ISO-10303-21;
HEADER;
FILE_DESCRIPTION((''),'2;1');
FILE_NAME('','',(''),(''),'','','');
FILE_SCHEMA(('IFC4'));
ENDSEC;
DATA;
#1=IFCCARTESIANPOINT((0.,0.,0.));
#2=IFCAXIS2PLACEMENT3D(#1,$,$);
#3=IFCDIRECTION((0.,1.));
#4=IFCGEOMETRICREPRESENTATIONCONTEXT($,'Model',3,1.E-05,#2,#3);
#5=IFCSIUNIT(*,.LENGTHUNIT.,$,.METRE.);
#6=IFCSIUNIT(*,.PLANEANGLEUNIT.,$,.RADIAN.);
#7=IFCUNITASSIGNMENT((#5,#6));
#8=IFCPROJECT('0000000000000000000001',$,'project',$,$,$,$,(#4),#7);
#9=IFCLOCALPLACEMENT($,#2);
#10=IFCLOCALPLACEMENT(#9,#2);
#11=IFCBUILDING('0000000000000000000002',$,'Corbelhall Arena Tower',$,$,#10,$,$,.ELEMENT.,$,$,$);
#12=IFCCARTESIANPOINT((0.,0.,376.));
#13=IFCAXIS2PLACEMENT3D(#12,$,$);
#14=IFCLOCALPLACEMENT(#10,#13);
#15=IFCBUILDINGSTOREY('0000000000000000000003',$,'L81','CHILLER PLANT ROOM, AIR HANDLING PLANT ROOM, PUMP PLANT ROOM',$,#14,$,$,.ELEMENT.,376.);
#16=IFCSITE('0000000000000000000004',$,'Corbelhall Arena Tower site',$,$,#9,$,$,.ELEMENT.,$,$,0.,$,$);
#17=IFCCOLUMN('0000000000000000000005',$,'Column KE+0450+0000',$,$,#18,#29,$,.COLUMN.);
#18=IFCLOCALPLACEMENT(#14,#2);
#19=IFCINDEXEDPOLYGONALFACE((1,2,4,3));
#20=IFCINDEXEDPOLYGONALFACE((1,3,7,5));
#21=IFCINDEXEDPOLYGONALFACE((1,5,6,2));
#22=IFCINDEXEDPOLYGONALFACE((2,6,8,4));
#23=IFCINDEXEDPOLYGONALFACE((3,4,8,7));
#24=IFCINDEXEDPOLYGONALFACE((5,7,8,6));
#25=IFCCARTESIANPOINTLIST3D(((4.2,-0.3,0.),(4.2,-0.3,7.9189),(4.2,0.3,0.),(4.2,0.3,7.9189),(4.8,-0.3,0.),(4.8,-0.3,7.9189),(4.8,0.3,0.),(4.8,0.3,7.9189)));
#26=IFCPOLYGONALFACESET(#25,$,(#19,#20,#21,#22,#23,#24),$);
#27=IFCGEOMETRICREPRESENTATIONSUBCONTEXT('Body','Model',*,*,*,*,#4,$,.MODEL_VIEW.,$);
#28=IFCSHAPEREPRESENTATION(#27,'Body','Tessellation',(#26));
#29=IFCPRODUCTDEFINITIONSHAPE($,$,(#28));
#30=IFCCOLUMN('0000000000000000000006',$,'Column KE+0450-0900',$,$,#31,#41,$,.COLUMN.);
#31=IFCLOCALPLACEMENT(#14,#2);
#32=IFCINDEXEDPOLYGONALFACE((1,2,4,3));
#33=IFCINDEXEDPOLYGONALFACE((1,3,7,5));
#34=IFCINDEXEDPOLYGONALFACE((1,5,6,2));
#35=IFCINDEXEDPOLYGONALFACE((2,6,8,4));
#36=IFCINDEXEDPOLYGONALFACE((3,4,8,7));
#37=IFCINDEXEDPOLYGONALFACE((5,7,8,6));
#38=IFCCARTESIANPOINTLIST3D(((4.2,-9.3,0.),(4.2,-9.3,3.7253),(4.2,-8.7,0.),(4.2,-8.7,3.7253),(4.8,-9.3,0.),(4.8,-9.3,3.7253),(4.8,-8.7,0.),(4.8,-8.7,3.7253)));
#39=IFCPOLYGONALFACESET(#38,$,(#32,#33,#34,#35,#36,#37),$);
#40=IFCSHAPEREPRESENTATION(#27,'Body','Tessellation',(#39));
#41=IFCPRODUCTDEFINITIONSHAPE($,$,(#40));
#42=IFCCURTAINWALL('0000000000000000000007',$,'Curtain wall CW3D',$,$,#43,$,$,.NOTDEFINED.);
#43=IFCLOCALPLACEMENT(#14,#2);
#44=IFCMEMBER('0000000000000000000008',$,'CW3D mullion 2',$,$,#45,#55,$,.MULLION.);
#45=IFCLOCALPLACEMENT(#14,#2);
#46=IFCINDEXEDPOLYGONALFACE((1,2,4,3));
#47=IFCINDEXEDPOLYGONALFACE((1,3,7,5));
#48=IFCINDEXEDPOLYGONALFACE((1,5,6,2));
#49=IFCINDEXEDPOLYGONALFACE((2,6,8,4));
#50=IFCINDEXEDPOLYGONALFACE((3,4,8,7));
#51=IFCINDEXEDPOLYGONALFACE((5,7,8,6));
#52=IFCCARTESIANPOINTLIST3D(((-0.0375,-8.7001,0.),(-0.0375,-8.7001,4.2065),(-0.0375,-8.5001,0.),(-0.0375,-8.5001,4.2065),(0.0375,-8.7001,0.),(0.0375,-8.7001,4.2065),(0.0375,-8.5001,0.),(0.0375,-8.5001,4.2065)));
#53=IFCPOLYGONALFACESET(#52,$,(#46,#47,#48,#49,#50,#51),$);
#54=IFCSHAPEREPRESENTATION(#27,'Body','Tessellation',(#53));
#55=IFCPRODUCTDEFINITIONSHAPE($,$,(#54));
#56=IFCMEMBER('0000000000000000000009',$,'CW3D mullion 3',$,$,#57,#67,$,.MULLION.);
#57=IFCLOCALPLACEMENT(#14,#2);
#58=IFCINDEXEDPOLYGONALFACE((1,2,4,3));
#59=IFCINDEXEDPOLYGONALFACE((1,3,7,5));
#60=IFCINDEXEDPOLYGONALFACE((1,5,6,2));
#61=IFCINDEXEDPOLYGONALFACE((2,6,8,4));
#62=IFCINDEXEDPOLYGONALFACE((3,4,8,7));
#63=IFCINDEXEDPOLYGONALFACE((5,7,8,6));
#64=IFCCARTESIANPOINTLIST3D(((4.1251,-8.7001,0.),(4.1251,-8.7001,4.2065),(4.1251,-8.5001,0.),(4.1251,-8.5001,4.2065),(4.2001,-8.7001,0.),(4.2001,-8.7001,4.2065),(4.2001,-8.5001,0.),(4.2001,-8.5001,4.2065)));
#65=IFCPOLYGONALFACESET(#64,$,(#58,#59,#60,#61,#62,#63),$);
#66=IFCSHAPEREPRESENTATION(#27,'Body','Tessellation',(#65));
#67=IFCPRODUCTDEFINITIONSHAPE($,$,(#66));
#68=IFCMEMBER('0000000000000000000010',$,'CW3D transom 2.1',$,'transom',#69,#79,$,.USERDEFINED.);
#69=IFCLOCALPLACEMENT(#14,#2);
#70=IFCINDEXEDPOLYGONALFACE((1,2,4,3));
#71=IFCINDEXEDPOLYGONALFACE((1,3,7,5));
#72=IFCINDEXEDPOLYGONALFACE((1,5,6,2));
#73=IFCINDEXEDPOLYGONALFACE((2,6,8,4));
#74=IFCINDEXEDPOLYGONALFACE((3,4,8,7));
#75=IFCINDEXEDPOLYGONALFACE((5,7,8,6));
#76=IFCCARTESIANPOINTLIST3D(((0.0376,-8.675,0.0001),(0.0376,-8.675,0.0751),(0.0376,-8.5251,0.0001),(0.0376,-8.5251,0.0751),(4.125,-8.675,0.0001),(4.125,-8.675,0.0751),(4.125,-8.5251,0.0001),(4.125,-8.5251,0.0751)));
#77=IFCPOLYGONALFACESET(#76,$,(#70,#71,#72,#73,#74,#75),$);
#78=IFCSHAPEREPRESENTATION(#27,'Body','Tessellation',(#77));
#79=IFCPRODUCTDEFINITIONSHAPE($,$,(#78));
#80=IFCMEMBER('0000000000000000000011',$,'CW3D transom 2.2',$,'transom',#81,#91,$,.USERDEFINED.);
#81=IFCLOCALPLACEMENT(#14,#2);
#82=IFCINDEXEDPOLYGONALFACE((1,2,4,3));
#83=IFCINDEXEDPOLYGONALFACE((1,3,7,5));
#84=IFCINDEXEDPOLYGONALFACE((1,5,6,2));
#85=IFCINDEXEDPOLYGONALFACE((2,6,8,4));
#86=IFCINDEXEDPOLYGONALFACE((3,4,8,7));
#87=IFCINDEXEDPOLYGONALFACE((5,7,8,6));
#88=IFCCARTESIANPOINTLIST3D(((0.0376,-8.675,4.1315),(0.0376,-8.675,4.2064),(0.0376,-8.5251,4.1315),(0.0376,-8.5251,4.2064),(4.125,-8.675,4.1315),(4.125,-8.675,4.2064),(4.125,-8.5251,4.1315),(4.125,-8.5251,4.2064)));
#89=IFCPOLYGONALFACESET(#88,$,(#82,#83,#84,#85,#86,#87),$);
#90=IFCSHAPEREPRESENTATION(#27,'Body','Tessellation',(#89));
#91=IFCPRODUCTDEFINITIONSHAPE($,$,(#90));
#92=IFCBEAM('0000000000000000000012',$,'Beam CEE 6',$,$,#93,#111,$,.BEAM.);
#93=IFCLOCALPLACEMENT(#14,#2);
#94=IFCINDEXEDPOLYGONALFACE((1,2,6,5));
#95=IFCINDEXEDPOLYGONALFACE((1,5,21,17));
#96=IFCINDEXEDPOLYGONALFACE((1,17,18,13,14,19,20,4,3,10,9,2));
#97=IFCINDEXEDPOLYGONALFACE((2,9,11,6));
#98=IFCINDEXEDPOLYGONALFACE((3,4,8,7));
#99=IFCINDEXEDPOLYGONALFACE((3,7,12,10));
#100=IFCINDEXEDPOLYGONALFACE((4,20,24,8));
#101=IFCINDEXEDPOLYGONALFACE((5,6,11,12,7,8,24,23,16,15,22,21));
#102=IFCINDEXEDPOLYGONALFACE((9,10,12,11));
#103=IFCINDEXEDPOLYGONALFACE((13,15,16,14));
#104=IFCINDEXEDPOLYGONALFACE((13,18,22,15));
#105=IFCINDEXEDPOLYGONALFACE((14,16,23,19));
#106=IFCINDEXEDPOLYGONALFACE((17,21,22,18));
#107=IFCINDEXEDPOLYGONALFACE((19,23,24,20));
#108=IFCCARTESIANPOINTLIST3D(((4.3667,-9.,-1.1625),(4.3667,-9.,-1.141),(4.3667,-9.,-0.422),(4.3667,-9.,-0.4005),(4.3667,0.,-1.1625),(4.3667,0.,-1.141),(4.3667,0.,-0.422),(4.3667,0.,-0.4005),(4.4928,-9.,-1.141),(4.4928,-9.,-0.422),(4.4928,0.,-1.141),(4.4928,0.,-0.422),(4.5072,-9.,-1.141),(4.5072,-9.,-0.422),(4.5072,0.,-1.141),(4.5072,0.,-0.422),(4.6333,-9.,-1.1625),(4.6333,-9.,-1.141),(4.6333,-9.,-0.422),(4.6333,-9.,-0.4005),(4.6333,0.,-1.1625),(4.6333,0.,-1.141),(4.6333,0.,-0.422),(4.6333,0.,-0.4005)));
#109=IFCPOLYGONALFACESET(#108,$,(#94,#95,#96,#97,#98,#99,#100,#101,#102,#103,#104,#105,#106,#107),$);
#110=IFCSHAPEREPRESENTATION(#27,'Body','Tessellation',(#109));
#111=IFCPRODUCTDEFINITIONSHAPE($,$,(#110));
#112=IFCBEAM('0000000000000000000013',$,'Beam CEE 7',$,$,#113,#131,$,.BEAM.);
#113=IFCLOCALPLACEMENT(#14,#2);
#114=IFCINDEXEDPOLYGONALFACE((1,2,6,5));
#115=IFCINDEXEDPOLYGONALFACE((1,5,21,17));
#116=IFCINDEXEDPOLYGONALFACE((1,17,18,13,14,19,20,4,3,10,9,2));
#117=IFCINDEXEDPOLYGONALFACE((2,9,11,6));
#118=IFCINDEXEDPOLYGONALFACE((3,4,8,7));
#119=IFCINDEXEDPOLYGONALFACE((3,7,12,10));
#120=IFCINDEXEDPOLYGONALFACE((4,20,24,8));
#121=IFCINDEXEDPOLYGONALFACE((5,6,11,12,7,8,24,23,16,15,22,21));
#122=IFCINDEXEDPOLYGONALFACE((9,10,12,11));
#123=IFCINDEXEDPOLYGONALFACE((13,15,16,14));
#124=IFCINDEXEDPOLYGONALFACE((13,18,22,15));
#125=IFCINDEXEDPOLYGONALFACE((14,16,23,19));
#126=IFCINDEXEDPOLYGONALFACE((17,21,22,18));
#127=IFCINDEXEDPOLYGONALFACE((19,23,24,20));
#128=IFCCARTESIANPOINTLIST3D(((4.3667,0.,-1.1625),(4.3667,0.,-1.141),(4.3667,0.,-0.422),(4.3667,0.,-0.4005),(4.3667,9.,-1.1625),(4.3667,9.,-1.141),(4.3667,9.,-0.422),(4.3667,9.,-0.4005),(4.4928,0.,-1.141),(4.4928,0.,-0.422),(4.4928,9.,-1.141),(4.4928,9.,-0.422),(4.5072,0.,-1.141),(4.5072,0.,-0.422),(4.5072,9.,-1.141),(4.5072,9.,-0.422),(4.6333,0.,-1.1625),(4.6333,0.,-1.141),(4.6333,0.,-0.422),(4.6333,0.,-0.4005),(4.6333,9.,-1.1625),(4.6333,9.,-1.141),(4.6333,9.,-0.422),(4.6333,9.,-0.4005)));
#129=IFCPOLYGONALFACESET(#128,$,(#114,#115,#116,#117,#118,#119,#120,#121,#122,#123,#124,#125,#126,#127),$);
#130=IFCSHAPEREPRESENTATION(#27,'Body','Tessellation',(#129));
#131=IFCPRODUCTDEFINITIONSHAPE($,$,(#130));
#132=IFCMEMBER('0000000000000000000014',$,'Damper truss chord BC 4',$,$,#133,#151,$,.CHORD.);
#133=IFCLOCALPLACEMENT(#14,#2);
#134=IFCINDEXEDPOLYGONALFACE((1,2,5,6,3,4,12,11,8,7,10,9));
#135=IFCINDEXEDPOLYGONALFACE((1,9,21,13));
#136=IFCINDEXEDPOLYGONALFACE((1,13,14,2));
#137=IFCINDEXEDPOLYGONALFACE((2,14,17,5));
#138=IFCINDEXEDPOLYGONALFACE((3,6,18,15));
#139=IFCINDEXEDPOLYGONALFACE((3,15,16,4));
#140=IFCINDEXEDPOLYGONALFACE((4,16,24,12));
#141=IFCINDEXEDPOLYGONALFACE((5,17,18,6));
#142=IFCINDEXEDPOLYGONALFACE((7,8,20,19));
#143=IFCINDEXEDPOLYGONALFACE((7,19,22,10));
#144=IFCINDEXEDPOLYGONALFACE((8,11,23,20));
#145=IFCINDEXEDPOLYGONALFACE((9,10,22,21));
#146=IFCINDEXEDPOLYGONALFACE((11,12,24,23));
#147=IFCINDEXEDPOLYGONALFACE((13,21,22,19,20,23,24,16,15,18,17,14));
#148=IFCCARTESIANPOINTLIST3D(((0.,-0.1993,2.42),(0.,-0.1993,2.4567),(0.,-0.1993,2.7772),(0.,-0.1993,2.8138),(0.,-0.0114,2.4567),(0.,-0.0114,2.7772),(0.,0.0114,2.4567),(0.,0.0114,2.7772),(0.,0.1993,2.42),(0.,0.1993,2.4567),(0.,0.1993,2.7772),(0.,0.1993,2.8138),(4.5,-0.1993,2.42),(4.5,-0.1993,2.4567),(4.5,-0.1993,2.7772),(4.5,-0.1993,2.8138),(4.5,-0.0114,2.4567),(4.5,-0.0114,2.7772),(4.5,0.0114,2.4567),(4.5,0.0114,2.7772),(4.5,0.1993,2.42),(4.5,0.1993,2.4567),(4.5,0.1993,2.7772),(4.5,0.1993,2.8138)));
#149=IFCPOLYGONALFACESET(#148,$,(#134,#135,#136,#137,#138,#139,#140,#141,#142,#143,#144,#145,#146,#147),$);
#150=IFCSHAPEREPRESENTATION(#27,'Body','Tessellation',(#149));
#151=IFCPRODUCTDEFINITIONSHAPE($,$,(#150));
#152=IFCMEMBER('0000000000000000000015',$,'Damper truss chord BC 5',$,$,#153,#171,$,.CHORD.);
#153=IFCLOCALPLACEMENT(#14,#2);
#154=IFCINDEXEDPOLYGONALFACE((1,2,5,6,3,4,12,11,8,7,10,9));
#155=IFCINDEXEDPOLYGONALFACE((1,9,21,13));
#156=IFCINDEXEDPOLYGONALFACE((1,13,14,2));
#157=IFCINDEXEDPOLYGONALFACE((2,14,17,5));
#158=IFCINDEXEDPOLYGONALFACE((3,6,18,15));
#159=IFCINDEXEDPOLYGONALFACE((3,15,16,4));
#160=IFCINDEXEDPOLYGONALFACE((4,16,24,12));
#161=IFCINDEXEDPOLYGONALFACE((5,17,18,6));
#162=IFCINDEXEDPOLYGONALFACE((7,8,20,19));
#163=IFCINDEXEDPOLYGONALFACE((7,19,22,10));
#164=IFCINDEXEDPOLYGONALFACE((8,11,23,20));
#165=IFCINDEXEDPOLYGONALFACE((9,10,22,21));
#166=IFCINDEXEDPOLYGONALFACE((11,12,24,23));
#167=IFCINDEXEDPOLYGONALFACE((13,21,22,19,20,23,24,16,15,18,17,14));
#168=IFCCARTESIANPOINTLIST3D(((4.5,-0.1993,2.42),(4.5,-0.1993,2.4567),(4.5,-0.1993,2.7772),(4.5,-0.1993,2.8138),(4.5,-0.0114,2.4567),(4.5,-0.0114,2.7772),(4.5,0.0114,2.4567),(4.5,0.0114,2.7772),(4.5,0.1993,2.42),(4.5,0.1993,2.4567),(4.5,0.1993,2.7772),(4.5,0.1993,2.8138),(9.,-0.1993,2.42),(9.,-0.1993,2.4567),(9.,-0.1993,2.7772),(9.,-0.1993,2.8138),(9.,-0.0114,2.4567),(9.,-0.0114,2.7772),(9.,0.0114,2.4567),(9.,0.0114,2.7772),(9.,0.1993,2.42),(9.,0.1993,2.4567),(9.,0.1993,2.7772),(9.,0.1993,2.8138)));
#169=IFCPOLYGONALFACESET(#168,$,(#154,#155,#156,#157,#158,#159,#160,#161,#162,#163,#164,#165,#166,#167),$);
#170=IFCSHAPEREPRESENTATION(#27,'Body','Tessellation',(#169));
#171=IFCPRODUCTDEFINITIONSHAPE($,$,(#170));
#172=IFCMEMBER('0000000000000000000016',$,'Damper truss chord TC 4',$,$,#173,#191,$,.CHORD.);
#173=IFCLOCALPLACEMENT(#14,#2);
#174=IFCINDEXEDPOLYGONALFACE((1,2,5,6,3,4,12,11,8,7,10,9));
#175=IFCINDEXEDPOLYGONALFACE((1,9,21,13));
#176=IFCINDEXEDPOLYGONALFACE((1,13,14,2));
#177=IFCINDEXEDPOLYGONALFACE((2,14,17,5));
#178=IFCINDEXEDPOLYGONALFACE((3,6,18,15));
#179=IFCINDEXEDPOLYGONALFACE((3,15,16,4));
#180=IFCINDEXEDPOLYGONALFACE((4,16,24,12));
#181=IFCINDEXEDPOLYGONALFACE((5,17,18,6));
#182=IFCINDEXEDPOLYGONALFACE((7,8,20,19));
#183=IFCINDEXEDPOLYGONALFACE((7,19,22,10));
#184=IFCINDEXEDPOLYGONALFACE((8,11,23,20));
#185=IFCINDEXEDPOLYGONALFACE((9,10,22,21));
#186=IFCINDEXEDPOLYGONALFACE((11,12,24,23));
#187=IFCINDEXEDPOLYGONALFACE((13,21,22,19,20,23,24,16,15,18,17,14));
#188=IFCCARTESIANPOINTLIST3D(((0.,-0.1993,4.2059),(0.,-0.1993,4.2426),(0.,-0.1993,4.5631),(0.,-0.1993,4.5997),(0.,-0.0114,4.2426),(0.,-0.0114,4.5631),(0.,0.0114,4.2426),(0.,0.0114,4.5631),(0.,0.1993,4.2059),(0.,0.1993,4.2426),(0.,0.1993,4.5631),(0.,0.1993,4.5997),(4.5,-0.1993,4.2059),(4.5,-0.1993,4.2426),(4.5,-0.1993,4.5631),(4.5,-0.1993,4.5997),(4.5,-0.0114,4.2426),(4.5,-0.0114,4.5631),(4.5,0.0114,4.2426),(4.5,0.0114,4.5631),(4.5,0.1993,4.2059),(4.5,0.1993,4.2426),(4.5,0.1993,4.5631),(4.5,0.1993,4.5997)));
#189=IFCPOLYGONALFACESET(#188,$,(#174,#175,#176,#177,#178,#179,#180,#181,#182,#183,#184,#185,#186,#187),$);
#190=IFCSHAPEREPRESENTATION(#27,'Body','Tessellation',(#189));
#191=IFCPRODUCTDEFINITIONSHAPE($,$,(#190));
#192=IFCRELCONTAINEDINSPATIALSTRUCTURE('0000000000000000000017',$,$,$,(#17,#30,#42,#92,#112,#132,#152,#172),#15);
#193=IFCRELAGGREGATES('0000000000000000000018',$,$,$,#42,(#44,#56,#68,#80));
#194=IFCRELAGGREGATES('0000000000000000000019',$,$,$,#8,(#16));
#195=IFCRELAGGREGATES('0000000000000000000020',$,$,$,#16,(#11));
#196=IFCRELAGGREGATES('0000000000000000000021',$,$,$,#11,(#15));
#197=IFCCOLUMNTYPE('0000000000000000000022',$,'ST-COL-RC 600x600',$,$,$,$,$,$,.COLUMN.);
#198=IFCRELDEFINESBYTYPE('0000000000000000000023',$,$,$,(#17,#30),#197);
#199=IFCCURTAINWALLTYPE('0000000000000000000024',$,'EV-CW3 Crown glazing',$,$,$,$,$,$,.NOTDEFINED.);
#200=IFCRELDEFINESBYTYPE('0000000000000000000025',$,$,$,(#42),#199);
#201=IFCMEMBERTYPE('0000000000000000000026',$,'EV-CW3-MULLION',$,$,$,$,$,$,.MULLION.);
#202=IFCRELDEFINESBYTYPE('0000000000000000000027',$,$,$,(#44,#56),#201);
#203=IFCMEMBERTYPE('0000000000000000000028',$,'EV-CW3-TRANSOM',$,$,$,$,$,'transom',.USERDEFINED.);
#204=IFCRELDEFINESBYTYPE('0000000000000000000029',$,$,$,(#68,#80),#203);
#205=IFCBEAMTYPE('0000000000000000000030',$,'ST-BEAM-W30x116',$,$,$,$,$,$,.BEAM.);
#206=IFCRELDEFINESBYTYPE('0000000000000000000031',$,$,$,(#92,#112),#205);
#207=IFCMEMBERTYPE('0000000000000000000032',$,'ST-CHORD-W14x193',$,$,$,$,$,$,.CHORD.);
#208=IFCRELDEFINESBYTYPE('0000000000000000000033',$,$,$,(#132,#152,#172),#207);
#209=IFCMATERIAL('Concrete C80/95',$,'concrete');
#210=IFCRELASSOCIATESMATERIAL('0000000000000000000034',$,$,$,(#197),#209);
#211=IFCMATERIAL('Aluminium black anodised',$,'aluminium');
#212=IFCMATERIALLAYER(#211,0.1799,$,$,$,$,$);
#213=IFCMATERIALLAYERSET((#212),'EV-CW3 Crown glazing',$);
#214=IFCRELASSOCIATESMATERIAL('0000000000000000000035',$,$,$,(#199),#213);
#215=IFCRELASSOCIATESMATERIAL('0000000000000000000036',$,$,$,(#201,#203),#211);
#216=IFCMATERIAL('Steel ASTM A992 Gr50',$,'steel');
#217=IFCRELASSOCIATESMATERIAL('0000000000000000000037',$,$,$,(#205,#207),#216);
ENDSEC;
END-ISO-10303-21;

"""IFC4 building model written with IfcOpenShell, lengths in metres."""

from ifc_helpers import new_model, si_unit, direction, frame, origin, origin_2d, place, context, subcontext, project, spatial, rectangle, i_section, extrude, material, layer, layer_set, material_profile, profile_set, type_object, element, aggregate, save


model = new_model("IFC4")

# Units and contexts
model_context = context("Model", 3, precision=1e-05, world=origin(), true_north=direction((0.0, 1.0)))
body_context = subcontext(model_context, "Body", "Model", "MODEL_VIEW")
ifc_project = project(units=[si_unit("LENGTHUNIT", "METRE"), si_unit("PLANEANGLEUNIT", "RADIAN")], contexts=[model_context])

# Site, building, storey
site_placement = place(None, origin())
site = spatial("IfcSite", under=ifc_project, at=site_placement, Name="Corbelhall Arena Tower site", CompositionType="ELEMENT", RefElevation=0.0)
building_placement = place(site_placement, origin())
building = spatial("IfcBuilding", under=site, at=building_placement, Name="Corbelhall Arena Tower", CompositionType="ELEMENT")
storey_placement = place(building_placement, frame((0.0, 0.0, 376.0)))
storey = spatial("IfcBuildingStorey", under=building, at=storey_placement, Name="L81", Description="CHILLER PLANT ROOM, AIR HANDLING PLANT ROOM, PUMP PLANT ROOM", CompositionType="ELEMENT", Elevation=376.0)

# Columns
ifc_material_1 = material(Name="Concrete C80/95", Category="concrete")
ifc_material_profile_1 = material_profile(ifc_material_1, rectangle(XDim=0.6001, YDim=0.6001, at=origin_2d()))
ifc_profile_set_1 = profile_set([ifc_material_profile_1], Name="Concrete C80/95")
column_type = type_object("IfcColumnType", Name="ST-COL-RC 600x600", PredefinedType="COLUMN", material=ifc_profile_set_1)
column_1_placement = place(storey_placement, frame((4.5, 0.0, 0.0), z_axis=(0.0, 0.0, 1.0), x_axis=(1.0, 0.0, 0.0)))
element("IfcColumn", 1, at=column_1_placement, inside=storey, type_object=column_type, Name="Column KE+0450+0000", PredefinedType="COLUMN", context=body_context, shape_type="SweptSolid", body=[
    extrude(rectangle(XDim=0.6001, YDim=0.6001, at=origin_2d()), origin(), (0.0, 0.0, 1.0), 7.9189),
])
column_2_placement = place(storey_placement, frame((4.5, -9.0, 0.0), z_axis=(0.0, 0.0, 1.0), x_axis=(1.0, 0.0, 0.0)))
element("IfcColumn", 2, at=column_2_placement, inside=storey, type_object=column_type, Name="Column KE+0450-0900", PredefinedType="COLUMN", context=body_context, shape_type="SweptSolid", body=[
    extrude(rectangle(XDim=0.6001, YDim=0.6001, at=origin_2d()), origin(), (0.0, 0.0, 1.0), 3.7253),
])

# Curtain wall, members
ifc_material_2 = material(Name="Aluminium black anodised", Category="aluminium")
ifc_layer_1 = layer(ifc_material_2, 0.1799)
ifc_layer_set_1 = layer_set([ifc_layer_1], Name="EV-CW3 Crown glazing")
curtain_wall_type = type_object("IfcCurtainWallType", Name="EV-CW3 Crown glazing", PredefinedType="NOTDEFINED", material=ifc_layer_set_1)
curtain_wall_placement = place(storey_placement, origin())
curtain_wall = element("IfcCurtainWall", 3, at=curtain_wall_placement, inside=storey, type_object=curtain_wall_type, Name="Curtain wall CW3D", PredefinedType="NOTDEFINED")
ifc_material_profile_2 = material_profile(ifc_material_2, rectangle(XDim=0.2, YDim=0.075, at=origin_2d()))
ifc_profile_set_2 = profile_set([ifc_material_profile_2], Name="Aluminium black anodised")
member_type_1 = type_object("IfcMemberType", Name="EV-CW3-MULLION", PredefinedType="MULLION", material=ifc_profile_set_2)
member_1_placement = place(storey_placement, frame((0.0, -8.6001, 0.0), z_axis=(0.0, 0.0, 1.0), x_axis=(0.0, 1.0, 0.0)))
member_1 = element("IfcMember", 4, at=member_1_placement, type_object=member_type_1, Name="CW3D mullion 2", PredefinedType="MULLION", context=body_context, shape_type="SweptSolid", body=[
    extrude(rectangle(XDim=0.2, YDim=0.075, at=origin_2d()), origin(), (0.0, 0.0, 1.0), 4.2065),
])
member_2_placement = place(storey_placement, frame((4.1626, -8.6001, 0.0), z_axis=(0.0, 0.0, 1.0), x_axis=(0.0, 1.0, 0.0)))
member_2 = element("IfcMember", 5, at=member_2_placement, type_object=member_type_1, Name="CW3D mullion 3", PredefinedType="MULLION", context=body_context, shape_type="SweptSolid", body=[
    extrude(rectangle(XDim=0.2, YDim=0.075, at=origin_2d()), origin(), (0.0, 0.0, 1.0), 4.2065),
])
ifc_material_profile_3 = material_profile(ifc_material_2, rectangle(XDim=0.1499, YDim=0.075, at=origin_2d()))
ifc_profile_set_3 = profile_set([ifc_material_profile_3], Name="Aluminium black anodised")
member_type_2 = type_object("IfcMemberType", Name="EV-CW3-TRANSOM", ElementType="transom", PredefinedType="USERDEFINED", material=ifc_profile_set_3)
member_3_placement = place(storey_placement, frame((0.0376, -8.6001, 0.0376), z_axis=(1.0, 0.0, 0.0), x_axis=(0.0, 1.0, 0.0)))
member_3 = element("IfcMember", 6, at=member_3_placement, type_object=member_type_2, Name="CW3D transom 2.1", ObjectType="transom", PredefinedType="USERDEFINED", context=body_context, shape_type="SweptSolid", body=[
    extrude(rectangle(XDim=0.1499, YDim=0.075, at=origin_2d()), origin(), (0.0, 0.0, 1.0), 4.0874),
])
member_4_placement = place(storey_placement, frame((0.0376, -8.6001, 4.1689), z_axis=(1.0, 0.0, 0.0), x_axis=(0.0, 1.0, 0.0)))
member_4 = element("IfcMember", 7, at=member_4_placement, type_object=member_type_2, Name="CW3D transom 2.2", ObjectType="transom", PredefinedType="USERDEFINED", context=body_context, shape_type="SweptSolid", body=[
    extrude(rectangle(XDim=0.1499, YDim=0.075, at=origin_2d()), origin(), (0.0, 0.0, 1.0), 4.0874),
])

# Beams
ifc_material_3 = material(Name="Steel ASTM A992 Gr50", Category="steel")
ifc_material_profile_4 = material_profile(ifc_material_3, i_section(OverallWidth=0.2666, OverallDepth=0.762, WebThickness=0.0144, FlangeThickness=0.0215, at=origin_2d()))
ifc_profile_set_4 = profile_set([ifc_material_profile_4], Name="Steel ASTM A992 Gr50")
beam_type_1 = type_object("IfcBeamType", Name="ST-BEAM-W30x116", PredefinedType="BEAM", material=ifc_profile_set_4)
for number, where, z_axis, x_axis, name in (
    (8, (4.5, -9.0, -0.7815), (0.0, 1.0, 0.0), (-1.0, 0.0, 0.0), "Beam CEE 6"),
    (9, (4.5, 0.0, -0.7815), (0.0, 1.0, 0.0), (-1.0, 0.0, 0.0), "Beam CEE 7"),
):
    element("IfcBeam", number, at=place(storey_placement, frame(where, z_axis=z_axis, x_axis=x_axis)), inside=storey, type_object=beam_type_1, Name=name, PredefinedType="BEAM", context=body_context, shape_type="SweptSolid", body=[
        extrude(i_section(OverallWidth=0.2666, OverallDepth=0.762, WebThickness=0.0144, FlangeThickness=0.0215, at=origin_2d()), origin(), (0.0, 0.0, 1.0), 9.0),
    ])

# Members
ifc_material_profile_5 = material_profile(ifc_material_3, i_section(OverallWidth=0.3987, OverallDepth=0.3938, WebThickness=0.0227, FlangeThickness=0.0366, at=origin_2d()))
ifc_profile_set_5 = profile_set([ifc_material_profile_5], Name="Steel ASTM A992 Gr50")
member_type_3 = type_object("IfcMemberType", Name="ST-CHORD-W14x193", PredefinedType="CHORD", material=ifc_profile_set_5)
for number, where, z_axis, x_axis, name in (
    (10, (0.0, 0.0, 2.6169), (1.0, 0.0, 0.0), (0.0, 1.0, 0.0), "Damper truss chord BC 4"),
    (11, (4.5, 0.0, 2.6169), (1.0, 0.0, 0.0), (0.0, 1.0, 0.0), "Damper truss chord BC 5"),
    (12, (0.0, 0.0, 4.4028), (1.0, 0.0, 0.0), (0.0, 1.0, 0.0), "Damper truss chord TC 4"),
):
    element("IfcMember", number, at=place(storey_placement, frame(where, z_axis=z_axis, x_axis=x_axis)), inside=storey, type_object=member_type_3, Name=name, PredefinedType="CHORD", context=body_context, shape_type="SweptSolid", body=[
        extrude(i_section(OverallWidth=0.3987, OverallDepth=0.3938, WebThickness=0.0227, FlangeThickness=0.0366, at=origin_2d()), origin(), (0.0, 0.0, 1.0), 4.5),
    ])

aggregate(curtain_wall, [member_1, member_2, member_3, member_4])

save(model, "model.ifc")
